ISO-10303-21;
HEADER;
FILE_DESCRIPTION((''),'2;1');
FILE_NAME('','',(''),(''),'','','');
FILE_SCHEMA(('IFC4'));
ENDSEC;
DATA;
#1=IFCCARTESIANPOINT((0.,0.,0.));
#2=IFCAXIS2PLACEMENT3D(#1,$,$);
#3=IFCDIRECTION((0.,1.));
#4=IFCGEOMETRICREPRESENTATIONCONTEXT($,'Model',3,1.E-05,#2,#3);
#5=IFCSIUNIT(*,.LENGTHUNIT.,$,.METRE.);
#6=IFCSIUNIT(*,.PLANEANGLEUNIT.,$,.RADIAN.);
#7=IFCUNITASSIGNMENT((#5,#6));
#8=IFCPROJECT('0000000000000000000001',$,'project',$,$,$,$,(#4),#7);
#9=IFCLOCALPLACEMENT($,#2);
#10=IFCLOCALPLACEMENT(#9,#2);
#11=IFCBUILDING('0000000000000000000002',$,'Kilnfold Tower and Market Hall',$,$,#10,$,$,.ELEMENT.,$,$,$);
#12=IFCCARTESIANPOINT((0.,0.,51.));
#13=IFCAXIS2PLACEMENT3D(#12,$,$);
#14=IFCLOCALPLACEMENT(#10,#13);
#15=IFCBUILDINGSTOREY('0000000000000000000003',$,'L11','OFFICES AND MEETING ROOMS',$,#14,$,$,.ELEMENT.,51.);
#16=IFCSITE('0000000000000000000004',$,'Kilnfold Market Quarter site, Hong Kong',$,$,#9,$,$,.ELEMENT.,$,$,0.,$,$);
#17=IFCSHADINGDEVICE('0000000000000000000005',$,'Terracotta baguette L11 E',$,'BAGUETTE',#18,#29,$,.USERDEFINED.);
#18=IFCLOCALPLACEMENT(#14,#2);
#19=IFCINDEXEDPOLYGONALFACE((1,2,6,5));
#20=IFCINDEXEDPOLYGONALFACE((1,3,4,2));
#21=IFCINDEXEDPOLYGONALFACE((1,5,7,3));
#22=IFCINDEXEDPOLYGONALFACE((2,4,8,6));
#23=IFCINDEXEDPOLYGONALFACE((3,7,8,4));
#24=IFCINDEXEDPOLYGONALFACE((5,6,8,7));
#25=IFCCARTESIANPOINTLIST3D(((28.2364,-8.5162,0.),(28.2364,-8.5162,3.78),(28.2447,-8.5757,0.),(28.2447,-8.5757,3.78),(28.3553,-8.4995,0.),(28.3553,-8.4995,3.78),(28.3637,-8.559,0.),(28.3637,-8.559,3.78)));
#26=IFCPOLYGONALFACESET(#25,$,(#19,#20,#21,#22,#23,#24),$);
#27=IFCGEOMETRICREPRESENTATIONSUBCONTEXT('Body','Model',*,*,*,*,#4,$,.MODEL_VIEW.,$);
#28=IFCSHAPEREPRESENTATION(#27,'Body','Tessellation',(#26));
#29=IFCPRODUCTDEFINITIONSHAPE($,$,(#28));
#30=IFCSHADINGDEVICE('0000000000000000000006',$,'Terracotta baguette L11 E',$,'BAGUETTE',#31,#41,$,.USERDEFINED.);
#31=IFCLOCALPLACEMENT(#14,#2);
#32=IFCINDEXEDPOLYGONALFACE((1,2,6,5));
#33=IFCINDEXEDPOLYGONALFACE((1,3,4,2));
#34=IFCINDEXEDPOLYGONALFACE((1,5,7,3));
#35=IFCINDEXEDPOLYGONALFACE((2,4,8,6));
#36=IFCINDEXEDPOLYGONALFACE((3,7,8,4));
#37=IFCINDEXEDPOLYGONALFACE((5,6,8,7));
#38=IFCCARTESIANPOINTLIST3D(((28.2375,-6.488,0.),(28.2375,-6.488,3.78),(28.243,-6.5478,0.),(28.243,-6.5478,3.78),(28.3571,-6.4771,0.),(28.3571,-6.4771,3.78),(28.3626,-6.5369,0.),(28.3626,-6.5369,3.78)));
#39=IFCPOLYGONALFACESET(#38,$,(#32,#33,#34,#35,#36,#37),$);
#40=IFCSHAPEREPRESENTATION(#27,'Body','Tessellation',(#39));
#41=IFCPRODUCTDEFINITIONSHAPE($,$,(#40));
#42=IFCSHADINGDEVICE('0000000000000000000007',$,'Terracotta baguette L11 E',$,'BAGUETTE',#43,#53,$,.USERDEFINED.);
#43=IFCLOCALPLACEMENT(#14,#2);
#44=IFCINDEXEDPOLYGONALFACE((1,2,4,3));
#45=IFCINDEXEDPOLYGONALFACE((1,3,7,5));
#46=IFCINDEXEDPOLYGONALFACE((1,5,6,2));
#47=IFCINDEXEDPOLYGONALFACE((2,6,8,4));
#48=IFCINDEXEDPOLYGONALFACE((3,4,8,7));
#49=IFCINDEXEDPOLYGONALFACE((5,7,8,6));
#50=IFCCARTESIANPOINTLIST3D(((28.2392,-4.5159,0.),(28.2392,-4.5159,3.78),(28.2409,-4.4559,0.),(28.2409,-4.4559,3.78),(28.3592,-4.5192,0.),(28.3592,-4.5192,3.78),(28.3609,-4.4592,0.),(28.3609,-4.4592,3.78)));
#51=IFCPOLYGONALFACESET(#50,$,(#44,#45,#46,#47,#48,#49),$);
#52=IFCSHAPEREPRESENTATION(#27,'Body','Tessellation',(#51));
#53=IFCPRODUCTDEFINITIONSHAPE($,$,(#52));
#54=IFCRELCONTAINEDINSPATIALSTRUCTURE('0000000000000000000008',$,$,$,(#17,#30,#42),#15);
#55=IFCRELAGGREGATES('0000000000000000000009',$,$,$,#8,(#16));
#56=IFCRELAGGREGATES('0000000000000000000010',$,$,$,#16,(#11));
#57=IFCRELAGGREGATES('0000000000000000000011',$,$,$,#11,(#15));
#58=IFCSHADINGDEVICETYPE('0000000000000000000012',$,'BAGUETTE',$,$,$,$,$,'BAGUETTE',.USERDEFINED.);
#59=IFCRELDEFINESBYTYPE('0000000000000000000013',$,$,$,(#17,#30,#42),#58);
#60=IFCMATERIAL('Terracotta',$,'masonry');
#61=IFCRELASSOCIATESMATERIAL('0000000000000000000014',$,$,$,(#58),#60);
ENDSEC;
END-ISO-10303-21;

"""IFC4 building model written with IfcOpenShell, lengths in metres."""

from ifc_helpers import new_model, si_unit, direction, frame, origin, origin_2d, place, context, subcontext, project, spatial, rectangle, extrude, source, transform, mapped, material, material_profile, profile_set, type_object, element, save


model = new_model("IFC4")

# Units and contexts
model_context = context("Model", 3, precision=1e-05, world=origin(), true_north=direction((0.0, 1.0)))
body_context = subcontext(model_context, "Body", "Model", "MODEL_VIEW")
ifc_project = project(units=[si_unit("LENGTHUNIT", "METRE"), si_unit("PLANEANGLEUNIT", "RADIAN")], contexts=[model_context])

# Site, building, storey
site_placement = place(None, origin())
site = spatial("IfcSite", under=ifc_project, at=site_placement, Name="Kilnfold Market Quarter site, Hong Kong", CompositionType="ELEMENT", RefElevation=0.0)
building_placement = place(site_placement, origin())
building = spatial("IfcBuilding", under=site, at=building_placement, Name="Kilnfold Tower and Market Hall", CompositionType="ELEMENT")
storey_placement = place(building_placement, frame((0.0, 0.0, 51.0)))
storey = spatial("IfcBuildingStorey", under=building, at=storey_placement, Name="L11", Description="OFFICES AND MEETING ROOMS", CompositionType="ELEMENT", Elevation=51.0)

# Shading devices
ifc_material_1 = material(Name="Terracotta", Category="masonry")
ifc_material_profile_1 = material_profile(ifc_material_1, rectangle(XDim=0.0601, YDim=0.1201, at=origin_2d()), Name="BAG 60x120")
ifc_profile_set_1 = profile_set([ifc_material_profile_1], Name="Terracotta")
shading_device_type = type_object("IfcShadingDeviceType", Name="BAGUETTE", ElementType="BAGUETTE", PredefinedType="USERDEFINED", material=ifc_profile_set_1)
shared_shape_1 = source(origin(), body_context, "Body", "SweptSolid", [
    extrude(rectangle(XDim=0.0601, YDim=0.1201, at=origin_2d()), origin(), (0.0, 0.0, 1.0), 3.78),
])
for number, where, z_axis, x_axis, name in (
    (1, (28.3, -8.5376, 0.0), (0.0, 0.0, 1.0), (-0.13903, 0.990288, 0.0), "Terracotta baguette L11 E"),
    (2, (28.3, -6.5125, 0.0), (0.0, 0.0, 1.0), (-0.09064, 0.995884, 0.0), "Terracotta baguette L11 E"),
    (3, (28.3, -4.4875, 0.0), (0.0, 0.0, 1.0), (0.027897, 0.999611, 0.0), "Terracotta baguette L11 E"),
):
    element("IfcShadingDevice", number, at=place(storey_placement, frame(where, z_axis=z_axis, x_axis=x_axis)), inside=storey, type_object=shading_device_type, Name=name, ObjectType="BAGUETTE", PredefinedType="USERDEFINED", context=body_context, shape_type="MappedRepresentation", body=[
        mapped(shared_shape_1, transform((0.0, 0.0, 0.0))),
    ])

save(model, "model.ifc")
